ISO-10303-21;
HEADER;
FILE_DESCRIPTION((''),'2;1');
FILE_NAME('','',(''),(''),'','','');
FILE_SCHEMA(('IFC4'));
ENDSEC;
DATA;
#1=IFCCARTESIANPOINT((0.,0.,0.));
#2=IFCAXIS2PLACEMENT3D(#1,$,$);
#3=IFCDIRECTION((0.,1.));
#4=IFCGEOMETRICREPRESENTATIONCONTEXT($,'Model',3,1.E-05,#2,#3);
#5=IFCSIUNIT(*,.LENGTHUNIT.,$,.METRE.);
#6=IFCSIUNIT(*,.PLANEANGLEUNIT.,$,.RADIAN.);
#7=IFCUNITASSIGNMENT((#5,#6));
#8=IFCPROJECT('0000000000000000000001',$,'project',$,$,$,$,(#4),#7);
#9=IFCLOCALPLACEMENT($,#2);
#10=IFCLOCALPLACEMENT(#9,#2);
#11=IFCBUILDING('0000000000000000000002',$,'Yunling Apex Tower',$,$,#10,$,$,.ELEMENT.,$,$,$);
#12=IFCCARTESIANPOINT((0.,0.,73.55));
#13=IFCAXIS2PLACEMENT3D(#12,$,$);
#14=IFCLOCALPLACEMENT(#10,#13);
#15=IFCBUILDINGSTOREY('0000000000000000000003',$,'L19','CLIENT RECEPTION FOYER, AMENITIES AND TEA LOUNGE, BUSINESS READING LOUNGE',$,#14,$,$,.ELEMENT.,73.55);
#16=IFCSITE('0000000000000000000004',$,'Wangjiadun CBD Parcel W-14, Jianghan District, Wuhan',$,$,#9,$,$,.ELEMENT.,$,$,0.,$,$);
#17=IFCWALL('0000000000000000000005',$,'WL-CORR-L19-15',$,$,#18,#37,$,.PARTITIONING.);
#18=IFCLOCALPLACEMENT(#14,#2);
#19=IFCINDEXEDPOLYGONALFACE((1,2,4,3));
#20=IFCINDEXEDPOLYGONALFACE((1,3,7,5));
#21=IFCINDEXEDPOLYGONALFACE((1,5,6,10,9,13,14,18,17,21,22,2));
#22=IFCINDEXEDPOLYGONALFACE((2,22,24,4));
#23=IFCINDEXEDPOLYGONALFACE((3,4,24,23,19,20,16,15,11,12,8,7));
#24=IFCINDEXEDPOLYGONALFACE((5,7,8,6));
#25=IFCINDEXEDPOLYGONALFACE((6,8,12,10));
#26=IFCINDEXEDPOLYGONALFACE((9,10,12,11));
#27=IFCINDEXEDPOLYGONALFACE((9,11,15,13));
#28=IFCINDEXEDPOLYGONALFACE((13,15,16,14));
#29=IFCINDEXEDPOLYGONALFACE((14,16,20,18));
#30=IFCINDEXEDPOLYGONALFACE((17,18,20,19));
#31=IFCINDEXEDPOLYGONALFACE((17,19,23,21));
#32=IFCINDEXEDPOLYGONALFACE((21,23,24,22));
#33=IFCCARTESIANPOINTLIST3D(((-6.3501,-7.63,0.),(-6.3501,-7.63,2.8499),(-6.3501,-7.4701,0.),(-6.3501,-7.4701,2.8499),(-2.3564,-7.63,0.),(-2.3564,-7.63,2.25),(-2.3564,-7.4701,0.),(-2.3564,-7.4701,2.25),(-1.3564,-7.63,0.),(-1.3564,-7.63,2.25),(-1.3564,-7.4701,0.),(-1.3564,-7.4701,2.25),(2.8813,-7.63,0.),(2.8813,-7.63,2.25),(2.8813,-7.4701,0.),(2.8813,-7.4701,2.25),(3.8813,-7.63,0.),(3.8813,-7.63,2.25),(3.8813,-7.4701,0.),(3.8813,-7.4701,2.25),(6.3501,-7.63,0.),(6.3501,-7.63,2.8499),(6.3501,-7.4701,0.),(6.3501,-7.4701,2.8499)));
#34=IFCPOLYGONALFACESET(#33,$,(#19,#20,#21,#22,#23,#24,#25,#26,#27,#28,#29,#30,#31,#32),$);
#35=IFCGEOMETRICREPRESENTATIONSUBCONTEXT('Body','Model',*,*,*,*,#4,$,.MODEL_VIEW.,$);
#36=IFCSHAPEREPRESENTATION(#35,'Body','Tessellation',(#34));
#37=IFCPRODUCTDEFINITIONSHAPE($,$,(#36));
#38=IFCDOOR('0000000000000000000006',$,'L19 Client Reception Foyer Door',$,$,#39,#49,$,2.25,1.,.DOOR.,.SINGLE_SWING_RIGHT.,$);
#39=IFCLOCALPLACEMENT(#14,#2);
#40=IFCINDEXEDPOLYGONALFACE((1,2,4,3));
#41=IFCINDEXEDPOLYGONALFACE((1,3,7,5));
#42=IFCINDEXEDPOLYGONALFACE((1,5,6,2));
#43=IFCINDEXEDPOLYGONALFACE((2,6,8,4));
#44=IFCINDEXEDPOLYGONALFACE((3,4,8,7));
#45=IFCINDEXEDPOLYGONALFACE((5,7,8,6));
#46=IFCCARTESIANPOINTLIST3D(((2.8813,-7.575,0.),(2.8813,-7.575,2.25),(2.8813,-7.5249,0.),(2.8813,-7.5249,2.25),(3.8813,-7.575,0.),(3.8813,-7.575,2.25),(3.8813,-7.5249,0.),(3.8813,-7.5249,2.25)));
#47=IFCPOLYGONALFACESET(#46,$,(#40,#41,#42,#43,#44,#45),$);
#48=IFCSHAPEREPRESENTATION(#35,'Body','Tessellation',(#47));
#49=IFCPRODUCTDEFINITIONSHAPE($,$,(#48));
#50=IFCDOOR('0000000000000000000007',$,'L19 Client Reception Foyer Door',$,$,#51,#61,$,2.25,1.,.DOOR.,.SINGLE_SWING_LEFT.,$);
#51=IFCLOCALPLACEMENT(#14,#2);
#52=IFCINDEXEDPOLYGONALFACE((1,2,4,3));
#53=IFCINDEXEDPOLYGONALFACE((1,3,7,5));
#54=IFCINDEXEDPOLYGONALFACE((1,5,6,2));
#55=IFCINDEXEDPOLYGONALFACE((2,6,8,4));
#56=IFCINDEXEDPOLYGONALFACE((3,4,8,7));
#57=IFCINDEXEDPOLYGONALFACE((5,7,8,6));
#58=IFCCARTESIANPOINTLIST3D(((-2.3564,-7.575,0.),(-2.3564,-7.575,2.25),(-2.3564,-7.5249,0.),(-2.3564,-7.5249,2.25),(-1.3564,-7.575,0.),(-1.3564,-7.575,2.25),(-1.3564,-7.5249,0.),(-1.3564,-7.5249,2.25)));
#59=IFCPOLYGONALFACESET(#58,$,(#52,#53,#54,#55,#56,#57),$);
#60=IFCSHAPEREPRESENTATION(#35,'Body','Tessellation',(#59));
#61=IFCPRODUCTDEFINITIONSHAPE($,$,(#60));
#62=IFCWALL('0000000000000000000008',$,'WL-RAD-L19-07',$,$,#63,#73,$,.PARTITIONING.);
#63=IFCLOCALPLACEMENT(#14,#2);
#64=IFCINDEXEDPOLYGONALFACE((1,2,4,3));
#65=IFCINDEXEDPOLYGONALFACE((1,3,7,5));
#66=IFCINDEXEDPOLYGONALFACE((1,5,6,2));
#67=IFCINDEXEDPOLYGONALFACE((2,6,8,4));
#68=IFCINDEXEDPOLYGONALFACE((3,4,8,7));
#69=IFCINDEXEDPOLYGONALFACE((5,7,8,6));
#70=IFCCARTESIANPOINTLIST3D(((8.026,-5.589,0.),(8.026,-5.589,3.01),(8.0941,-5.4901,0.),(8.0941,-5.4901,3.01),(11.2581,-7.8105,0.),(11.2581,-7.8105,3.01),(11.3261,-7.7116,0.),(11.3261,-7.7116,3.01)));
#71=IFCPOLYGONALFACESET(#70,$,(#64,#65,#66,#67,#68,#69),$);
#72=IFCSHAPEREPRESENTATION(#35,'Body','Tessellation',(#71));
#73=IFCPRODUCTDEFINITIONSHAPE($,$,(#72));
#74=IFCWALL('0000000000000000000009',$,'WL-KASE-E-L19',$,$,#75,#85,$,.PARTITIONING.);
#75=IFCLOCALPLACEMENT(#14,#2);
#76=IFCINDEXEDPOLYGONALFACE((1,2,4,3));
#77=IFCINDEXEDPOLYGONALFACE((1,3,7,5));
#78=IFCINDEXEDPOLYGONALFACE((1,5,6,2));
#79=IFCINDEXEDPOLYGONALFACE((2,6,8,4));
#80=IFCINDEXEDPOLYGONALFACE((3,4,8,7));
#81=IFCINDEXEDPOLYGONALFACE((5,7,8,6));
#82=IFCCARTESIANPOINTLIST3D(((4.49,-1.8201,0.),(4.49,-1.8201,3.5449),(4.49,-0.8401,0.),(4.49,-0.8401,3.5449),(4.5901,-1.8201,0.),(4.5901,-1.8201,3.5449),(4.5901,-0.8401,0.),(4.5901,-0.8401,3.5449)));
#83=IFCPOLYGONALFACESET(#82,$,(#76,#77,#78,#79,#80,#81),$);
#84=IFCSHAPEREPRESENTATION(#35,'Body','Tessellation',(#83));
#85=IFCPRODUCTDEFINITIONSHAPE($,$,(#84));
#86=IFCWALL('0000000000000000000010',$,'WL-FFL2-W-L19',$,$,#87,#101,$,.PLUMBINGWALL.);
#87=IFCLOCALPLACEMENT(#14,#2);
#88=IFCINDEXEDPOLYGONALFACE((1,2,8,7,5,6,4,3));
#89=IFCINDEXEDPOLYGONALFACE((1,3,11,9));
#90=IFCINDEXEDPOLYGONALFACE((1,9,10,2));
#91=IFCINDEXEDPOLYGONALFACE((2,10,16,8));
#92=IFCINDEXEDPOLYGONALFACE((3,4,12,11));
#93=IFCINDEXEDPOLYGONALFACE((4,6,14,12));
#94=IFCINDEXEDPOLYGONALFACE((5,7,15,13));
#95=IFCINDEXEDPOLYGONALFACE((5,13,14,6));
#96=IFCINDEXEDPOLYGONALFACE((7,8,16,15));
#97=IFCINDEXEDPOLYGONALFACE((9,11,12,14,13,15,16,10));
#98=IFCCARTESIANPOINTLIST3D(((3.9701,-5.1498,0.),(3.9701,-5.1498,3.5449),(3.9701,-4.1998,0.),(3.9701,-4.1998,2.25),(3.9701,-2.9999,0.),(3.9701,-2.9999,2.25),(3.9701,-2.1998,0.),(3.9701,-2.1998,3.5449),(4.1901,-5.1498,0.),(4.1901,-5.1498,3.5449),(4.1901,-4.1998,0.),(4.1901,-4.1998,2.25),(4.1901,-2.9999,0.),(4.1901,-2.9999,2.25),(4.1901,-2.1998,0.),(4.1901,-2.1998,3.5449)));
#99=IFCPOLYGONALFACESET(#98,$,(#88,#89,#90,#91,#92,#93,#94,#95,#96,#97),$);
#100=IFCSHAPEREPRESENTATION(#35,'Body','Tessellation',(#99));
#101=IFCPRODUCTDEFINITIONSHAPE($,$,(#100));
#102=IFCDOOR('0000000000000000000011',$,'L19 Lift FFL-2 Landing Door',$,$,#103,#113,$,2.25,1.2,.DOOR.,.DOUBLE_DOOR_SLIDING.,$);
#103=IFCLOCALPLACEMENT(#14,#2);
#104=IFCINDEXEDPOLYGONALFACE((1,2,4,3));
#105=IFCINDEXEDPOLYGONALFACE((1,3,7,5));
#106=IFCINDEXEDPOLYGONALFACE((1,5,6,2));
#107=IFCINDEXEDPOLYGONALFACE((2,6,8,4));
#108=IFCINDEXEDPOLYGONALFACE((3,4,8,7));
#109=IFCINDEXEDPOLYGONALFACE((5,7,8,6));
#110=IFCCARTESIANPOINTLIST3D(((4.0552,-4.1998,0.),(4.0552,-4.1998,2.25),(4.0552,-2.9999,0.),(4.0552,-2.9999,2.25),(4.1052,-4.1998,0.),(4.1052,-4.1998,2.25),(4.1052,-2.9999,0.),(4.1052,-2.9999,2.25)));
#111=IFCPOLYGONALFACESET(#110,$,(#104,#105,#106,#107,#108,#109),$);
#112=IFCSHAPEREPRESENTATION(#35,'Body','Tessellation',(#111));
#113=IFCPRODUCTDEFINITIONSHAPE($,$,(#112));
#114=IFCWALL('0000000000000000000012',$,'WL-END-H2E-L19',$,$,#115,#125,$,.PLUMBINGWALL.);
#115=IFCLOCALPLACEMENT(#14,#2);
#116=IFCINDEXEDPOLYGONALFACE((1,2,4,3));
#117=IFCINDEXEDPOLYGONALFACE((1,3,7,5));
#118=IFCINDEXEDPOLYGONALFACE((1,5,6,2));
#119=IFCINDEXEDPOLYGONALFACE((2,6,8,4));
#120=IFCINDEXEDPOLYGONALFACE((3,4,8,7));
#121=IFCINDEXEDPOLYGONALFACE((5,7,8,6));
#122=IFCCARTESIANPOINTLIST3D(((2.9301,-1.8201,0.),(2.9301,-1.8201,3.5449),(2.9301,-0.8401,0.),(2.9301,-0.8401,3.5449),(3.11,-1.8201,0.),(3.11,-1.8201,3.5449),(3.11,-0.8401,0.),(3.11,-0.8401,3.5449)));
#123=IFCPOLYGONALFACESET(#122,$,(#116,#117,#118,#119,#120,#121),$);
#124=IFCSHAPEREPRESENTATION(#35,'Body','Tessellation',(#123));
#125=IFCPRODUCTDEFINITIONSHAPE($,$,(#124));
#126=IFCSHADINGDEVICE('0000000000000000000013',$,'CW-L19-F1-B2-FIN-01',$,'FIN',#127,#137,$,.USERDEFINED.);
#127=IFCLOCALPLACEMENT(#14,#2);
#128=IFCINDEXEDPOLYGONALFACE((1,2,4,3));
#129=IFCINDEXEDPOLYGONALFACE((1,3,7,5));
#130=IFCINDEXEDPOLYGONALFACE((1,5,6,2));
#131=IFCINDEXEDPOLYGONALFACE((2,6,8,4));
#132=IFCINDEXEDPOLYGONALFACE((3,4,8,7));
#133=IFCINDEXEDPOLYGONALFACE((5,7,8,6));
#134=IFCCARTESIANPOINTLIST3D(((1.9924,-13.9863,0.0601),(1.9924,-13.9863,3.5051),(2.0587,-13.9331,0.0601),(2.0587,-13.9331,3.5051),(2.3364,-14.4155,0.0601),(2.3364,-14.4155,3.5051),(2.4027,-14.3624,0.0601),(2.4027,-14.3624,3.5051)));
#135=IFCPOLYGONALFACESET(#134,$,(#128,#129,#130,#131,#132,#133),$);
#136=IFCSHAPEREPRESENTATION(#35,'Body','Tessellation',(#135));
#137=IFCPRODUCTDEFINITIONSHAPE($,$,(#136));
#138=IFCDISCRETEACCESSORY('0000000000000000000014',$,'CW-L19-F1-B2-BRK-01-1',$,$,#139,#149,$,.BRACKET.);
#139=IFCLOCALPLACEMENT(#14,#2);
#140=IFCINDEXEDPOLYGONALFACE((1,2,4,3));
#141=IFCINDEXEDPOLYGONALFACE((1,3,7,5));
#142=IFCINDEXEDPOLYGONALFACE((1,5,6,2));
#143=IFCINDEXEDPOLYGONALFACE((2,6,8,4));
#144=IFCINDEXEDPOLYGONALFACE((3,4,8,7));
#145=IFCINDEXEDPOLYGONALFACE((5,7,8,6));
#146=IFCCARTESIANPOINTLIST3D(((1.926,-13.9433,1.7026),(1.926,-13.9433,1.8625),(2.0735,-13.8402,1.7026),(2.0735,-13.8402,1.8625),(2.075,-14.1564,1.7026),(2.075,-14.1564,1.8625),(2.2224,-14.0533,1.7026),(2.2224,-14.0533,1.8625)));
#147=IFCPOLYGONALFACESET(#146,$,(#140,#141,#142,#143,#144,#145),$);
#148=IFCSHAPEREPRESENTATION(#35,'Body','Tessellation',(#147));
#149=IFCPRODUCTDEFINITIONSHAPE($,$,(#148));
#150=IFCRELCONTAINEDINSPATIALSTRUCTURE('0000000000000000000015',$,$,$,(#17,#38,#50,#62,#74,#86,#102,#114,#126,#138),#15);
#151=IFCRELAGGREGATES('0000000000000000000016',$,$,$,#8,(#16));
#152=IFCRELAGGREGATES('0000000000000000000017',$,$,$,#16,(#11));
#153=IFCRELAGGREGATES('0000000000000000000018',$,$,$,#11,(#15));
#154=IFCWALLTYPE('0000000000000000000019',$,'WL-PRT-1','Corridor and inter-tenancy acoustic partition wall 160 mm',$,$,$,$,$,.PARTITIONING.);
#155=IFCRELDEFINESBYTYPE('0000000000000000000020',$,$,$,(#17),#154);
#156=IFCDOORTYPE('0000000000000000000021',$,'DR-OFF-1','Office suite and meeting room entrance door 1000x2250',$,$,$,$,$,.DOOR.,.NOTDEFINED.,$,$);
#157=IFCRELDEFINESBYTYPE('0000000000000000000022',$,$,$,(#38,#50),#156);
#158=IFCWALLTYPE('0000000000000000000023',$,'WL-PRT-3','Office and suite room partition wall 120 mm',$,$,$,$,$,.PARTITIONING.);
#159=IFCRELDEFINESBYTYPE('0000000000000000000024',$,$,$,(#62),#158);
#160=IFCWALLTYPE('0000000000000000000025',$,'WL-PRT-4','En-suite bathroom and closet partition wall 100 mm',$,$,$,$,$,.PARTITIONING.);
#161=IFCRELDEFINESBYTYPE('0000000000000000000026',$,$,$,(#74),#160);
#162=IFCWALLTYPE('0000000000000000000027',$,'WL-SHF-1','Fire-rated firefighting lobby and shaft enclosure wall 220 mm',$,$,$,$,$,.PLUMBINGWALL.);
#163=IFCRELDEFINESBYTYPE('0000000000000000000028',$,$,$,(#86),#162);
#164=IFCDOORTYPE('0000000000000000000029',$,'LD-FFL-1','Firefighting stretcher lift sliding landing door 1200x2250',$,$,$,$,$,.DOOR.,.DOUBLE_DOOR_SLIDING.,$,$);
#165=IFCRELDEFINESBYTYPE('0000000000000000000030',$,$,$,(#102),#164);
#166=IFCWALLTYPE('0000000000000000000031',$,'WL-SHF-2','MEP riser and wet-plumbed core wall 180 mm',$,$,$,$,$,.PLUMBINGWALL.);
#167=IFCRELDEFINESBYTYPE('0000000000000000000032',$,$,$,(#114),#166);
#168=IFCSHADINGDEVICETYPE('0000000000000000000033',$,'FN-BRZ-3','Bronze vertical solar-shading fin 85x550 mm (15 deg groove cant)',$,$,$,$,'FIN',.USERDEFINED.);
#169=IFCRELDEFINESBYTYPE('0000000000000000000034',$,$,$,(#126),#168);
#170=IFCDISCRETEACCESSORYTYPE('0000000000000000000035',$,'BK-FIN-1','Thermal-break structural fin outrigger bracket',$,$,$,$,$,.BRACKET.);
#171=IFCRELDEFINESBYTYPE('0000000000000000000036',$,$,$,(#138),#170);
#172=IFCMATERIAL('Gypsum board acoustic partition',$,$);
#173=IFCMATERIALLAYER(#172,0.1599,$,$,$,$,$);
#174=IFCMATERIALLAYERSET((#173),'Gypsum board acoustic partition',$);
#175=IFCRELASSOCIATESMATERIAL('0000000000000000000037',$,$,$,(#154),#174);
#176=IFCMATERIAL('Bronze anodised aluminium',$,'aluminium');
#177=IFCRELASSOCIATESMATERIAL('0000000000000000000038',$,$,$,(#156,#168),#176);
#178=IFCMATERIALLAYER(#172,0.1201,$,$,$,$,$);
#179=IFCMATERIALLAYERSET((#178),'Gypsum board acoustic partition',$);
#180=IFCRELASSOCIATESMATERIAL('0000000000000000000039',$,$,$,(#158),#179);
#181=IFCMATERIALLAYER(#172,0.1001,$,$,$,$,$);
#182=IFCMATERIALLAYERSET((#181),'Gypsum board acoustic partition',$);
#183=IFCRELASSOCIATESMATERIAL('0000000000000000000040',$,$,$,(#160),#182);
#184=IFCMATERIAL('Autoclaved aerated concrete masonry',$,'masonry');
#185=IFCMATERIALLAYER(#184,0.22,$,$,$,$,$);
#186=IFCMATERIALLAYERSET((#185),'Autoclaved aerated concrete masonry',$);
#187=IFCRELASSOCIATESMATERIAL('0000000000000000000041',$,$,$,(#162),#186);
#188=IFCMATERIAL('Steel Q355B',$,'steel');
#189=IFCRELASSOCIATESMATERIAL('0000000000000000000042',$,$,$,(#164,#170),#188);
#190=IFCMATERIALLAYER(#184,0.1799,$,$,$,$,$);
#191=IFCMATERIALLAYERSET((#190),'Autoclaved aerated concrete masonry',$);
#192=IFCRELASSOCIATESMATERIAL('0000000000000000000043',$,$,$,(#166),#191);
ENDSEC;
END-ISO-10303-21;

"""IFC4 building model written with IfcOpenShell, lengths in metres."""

from ifc_helpers import new_model, si_unit, direction, frame, frame_2d, origin, origin_2d, place, context, subcontext, project, spatial, rectangle, extrude, source, transform, mapped, material, layer, layer_set, material_profile, profile_set, type_object, element, fill, save


model = new_model("IFC4")

# Units and contexts
model_context = context("Model", 3, precision=1e-05, world=origin(), true_north=direction((0.0, 1.0)))
body_context = subcontext(model_context, "Body", "Model", "MODEL_VIEW")
ifc_project = project(units=[si_unit("LENGTHUNIT", "METRE"), si_unit("PLANEANGLEUNIT", "RADIAN")], contexts=[model_context])

# Site, building, storey
site_placement = place(None, origin())
site = spatial("IfcSite", under=ifc_project, at=site_placement, Name="Wangjiadun CBD Parcel W-14, Jianghan District, Wuhan", CompositionType="ELEMENT", RefElevation=0.0)
building_placement = place(site_placement, origin())
building = spatial("IfcBuilding", under=site, at=building_placement, Name="Yunling Apex Tower", CompositionType="ELEMENT")
storey_placement = place(building_placement, frame((0.0, 0.0, 73.55)))
storey = spatial("IfcBuildingStorey", under=building, at=storey_placement, Name="L19", Description="CLIENT RECEPTION FOYER, AMENITIES AND TEA LOUNGE, BUSINESS READING LOUNGE", CompositionType="ELEMENT", Elevation=73.55)

# Shared definitions
ifc_material_1 = material(Name="Steel Q355B", Category="steel")

# Shared definitions
ifc_material_2 = material(Name="Bronze anodised aluminium", Category="aluminium")

# Shared definitions
ifc_material_3 = material(Name="Gypsum board acoustic partition")
ifc_layer_1 = layer(ifc_material_3, 0.1599)
ifc_layer_set_1 = layer_set([ifc_layer_1], Name="Gypsum board acoustic partition")
wall_type_1 = type_object("IfcWallType", Name="WL-PRT-1", Description="Corridor and inter-tenancy acoustic partition wall 160 mm", PredefinedType="PARTITIONING", material=ifc_layer_set_1)

# Wall, openings, doors
wall_1_placement = place(storey_placement, frame((6.3501, -7.55, 0.0), z_axis=(0.0, 0.0, 1.0), x_axis=(-1.0, 0.0, 0.0)))
wall_1 = element("IfcWall", 1, at=wall_1_placement, inside=storey, type_object=wall_type_1, Name="WL-CORR-L19-15", PredefinedType="PARTITIONING", context=body_context, shape_type="SweptSolid", body=[
    extrude(rectangle(XDim=12.7002, YDim=0.1599, at=frame_2d((6.3501, 0.0))), origin(), (0.0, 0.0, 1.0), 2.8499),
])
opening_1_placement = place(wall_1_placement, frame((2.4688, 0.0, 0.0)))
opening_1 = element("IfcOpeningElement", 2, at=opening_1_placement, cuts=wall_1, PredefinedType="OPENING", context=body_context, shape_type="SweptSolid", body=[
    extrude(rectangle(XDim=1.0, YDim=2.25, at=frame_2d((0.5, 1.125))), frame((0.0, 0.0898, 0.0), z_axis=(0.0, -1.0, 0.0), x_axis=(1.0, 0.0, 0.0)), (0.0, 0.0, 1.0), 0.1799),
])
opening_2_placement = place(wall_1_placement, frame((7.7065, 0.0, 0.0)))
opening_2 = element("IfcOpeningElement", 3, at=opening_2_placement, cuts=wall_1, PredefinedType="OPENING", context=body_context, shape_type="SweptSolid", body=[
    extrude(rectangle(XDim=1.0, YDim=2.25, at=frame_2d((0.5, 1.125))), frame((0.0, 0.0898, 0.0), z_axis=(0.0, -1.0, 0.0), x_axis=(1.0, 0.0, 0.0)), (0.0, 0.0, 1.0), 0.1799),
])
door_type_1 = type_object("IfcDoorType", Name="DR-OFF-1", Description="Office suite and meeting room entrance door 1000x2250", OperationType="NOTDEFINED", PredefinedType="DOOR", material=ifc_material_2)
door_1_placement = place(opening_1_placement, origin())
door_1 = element("IfcDoor", 4, at=door_1_placement, inside=storey, type_object=door_type_1, Name="L19 Client Reception Foyer Door", OperationType="SINGLE_SWING_RIGHT", OverallHeight=2.25, OverallWidth=1.0, PredefinedType="DOOR", context=body_context, shape_type="SweptSolid", body=[
    extrude(rectangle(XDim=1.0, YDim=2.25, at=frame_2d((0.5, 1.125))), frame((0.0, 0.0249, 0.0), z_axis=(0.0, -1.0, 0.0), x_axis=(1.0, 0.0, 0.0)), (0.0, 0.0, 1.0), 0.05),
])
fill(opening_1, door_1)
door_2_placement = place(opening_2_placement, origin())
door_2 = element("IfcDoor", 5, at=door_2_placement, inside=storey, type_object=door_type_1, Name="L19 Client Reception Foyer Door", OperationType="SINGLE_SWING_LEFT", OverallHeight=2.25, OverallWidth=1.0, PredefinedType="DOOR", context=body_context, shape_type="SweptSolid", body=[
    extrude(rectangle(XDim=1.0, YDim=2.25, at=frame_2d((0.5, 1.125))), frame((0.0, 0.0249, 0.0), z_axis=(0.0, -1.0, 0.0), x_axis=(1.0, 0.0, 0.0)), (0.0, 0.0, 1.0), 0.05),
])
fill(opening_2, door_2)

# Walls
ifc_layer_2 = layer(ifc_material_3, 0.1201)
ifc_layer_set_2 = layer_set([ifc_layer_2], Name="Gypsum board acoustic partition")
wall_type_2 = type_object("IfcWallType", Name="WL-PRT-3", Description="Office and suite room partition wall 120 mm", PredefinedType="PARTITIONING", material=ifc_layer_set_2)
wall_2_placement = place(storey_placement, frame((8.0601, -5.5396, 0.0), z_axis=(0.0, 0.0, 1.0), x_axis=(0.824104, -0.566439, 0.0)))
element("IfcWall", 6, at=wall_2_placement, inside=storey, type_object=wall_type_2, Name="WL-RAD-L19-07", PredefinedType="PARTITIONING", context=body_context, shape_type="SweptSolid", body=[
    extrude(rectangle(XDim=3.9219, YDim=0.1201, at=frame_2d((1.9609, 0.0))), origin(), (0.0, 0.0, 1.0), 3.01),
])
ifc_layer_3 = layer(ifc_material_3, 0.1001)
ifc_layer_set_3 = layer_set([ifc_layer_3], Name="Gypsum board acoustic partition")
wall_type_3 = type_object("IfcWallType", Name="WL-PRT-4", Description="En-suite bathroom and closet partition wall 100 mm", PredefinedType="PARTITIONING", material=ifc_layer_set_3)
wall_3_placement = place(storey_placement, frame((4.54, -1.8201, 0.0), z_axis=(0.0, 0.0, 1.0), x_axis=(0.0, 1.0, 0.0)))
element("IfcWall", 7, at=wall_3_placement, inside=storey, type_object=wall_type_3, Name="WL-KASE-E-L19", PredefinedType="PARTITIONING", context=body_context, shape_type="SweptSolid", body=[
    extrude(rectangle(XDim=0.98, YDim=0.1001, at=frame_2d((0.49, 0.0))), origin(), (0.0, 0.0, 1.0), 3.5449),
])

# Wall, opening, door
ifc_material_4 = material(Name="Autoclaved aerated concrete masonry", Category="masonry")
ifc_layer_4 = layer(ifc_material_4, 0.22)
ifc_layer_set_4 = layer_set([ifc_layer_4], Name="Autoclaved aerated concrete masonry")
wall_type_4 = type_object("IfcWallType", Name="WL-SHF-1", Description="Fire-rated firefighting lobby and shaft enclosure wall 220 mm", PredefinedType="PLUMBINGWALL", material=ifc_layer_set_4)
wall_4_placement = place(storey_placement, frame((4.0801, -5.1499, 0.0), z_axis=(0.0, 0.0, 1.0), x_axis=(0.0, 1.0, 0.0)))
wall_4 = element("IfcWall", 8, at=wall_4_placement, inside=storey, type_object=wall_type_4, Name="WL-FFL2-W-L19", PredefinedType="PLUMBINGWALL", context=body_context, shape_type="SweptSolid", body=[
    extrude(rectangle(XDim=2.95, YDim=0.22, at=frame_2d((1.4751, 0.0))), origin(), (0.0, 0.0, 1.0), 3.5449),
])
opening_3_placement = place(wall_4_placement, frame((0.95, 0.0, 0.0)))
opening_3 = element("IfcOpeningElement", 9, at=opening_3_placement, cuts=wall_4, PredefinedType="OPENING", context=body_context, shape_type="SweptSolid", body=[
    extrude(rectangle(XDim=1.2, YDim=2.25, at=frame_2d((0.6001, 1.125))), frame((0.0, 0.1201, 0.0), z_axis=(0.0, -1.0, 0.0), x_axis=(1.0, 0.0, 0.0)), (0.0, 0.0, 1.0), 0.24),
])
door_type_2 = type_object("IfcDoorType", Name="LD-FFL-1", Description="Firefighting stretcher lift sliding landing door 1200x2250", OperationType="DOUBLE_DOOR_SLIDING", PredefinedType="DOOR", material=ifc_material_1)
door_3_placement = place(opening_3_placement, origin())
door_3 = element("IfcDoor", 10, at=door_3_placement, inside=storey, type_object=door_type_2, Name="L19 Lift FFL-2 Landing Door", OperationType="DOUBLE_DOOR_SLIDING", OverallHeight=2.25, OverallWidth=1.2, PredefinedType="DOOR", context=body_context, shape_type="SweptSolid", body=[
    extrude(rectangle(XDim=1.2, YDim=2.25, at=frame_2d((0.6001, 1.125))), frame((0.0, 0.0249, 0.0), z_axis=(0.0, -1.0, 0.0), x_axis=(1.0, 0.0, 0.0)), (0.0, 0.0, 1.0), 0.05),
])
fill(opening_3, door_3)

# Wall
ifc_layer_5 = layer(ifc_material_4, 0.1799)
ifc_layer_set_5 = layer_set([ifc_layer_5], Name="Autoclaved aerated concrete masonry")
wall_type_5 = type_object("IfcWallType", Name="WL-SHF-2", Description="MEP riser and wet-plumbed core wall 180 mm", PredefinedType="PLUMBINGWALL", material=ifc_layer_set_5)
wall_5_placement = place(storey_placement, frame((3.02, -1.8201, 0.0), z_axis=(0.0, 0.0, 1.0), x_axis=(0.0, 1.0, 0.0)))
element("IfcWall", 11, at=wall_5_placement, inside=storey, type_object=wall_type_5, Name="WL-END-H2E-L19", PredefinedType="PLUMBINGWALL", context=body_context, shape_type="SweptSolid", body=[
    extrude(rectangle(XDim=0.98, YDim=0.1799, at=frame_2d((0.49, 0.0))), origin(), (0.0, 0.0, 1.0), 3.5449),
])

# Shading device
ifc_material_profile_1 = material_profile(ifc_material_2, rectangle(XDim=0.085, YDim=0.55, at=origin_2d()))
ifc_profile_set_1 = profile_set([ifc_material_profile_1], Name="Bronze anodised aluminium")
shading_device_type = type_object("IfcShadingDeviceType", Name="FN-BRZ-3", Description="Bronze vertical solar-shading fin 85x550 mm (15 deg groove cant)", ElementType="FIN", PredefinedType="USERDEFINED", material=ifc_profile_set_1)
shared_shape_1 = source(origin(), body_context, "Body", "SweptSolid", [
    extrude(rectangle(XDim=0.085, YDim=0.55, at=origin_2d()), origin(), (0.0, 0.0, 1.0), 3.4451),
])
shading_device_placement = place(storey_placement, frame((2.1975, -14.1743, 0.0601), z_axis=(0.0, 0.0, 1.0), x_axis=(0.780321, 0.625379, 0.0)))
element("IfcShadingDevice", 12, at=shading_device_placement, inside=storey, type_object=shading_device_type, Name="CW-L19-F1-B2-FIN-01", ObjectType="FIN", PredefinedType="USERDEFINED", context=body_context, shape_type="MappedRepresentation", body=[
    mapped(shared_shape_1, transform((0.0, 0.0, 0.0), scale=1.0)),
])

# Discrete accessory
discrete_accessory_type = type_object("IfcDiscreteAccessoryType", Name="BK-FIN-1", Description="Thermal-break structural fin outrigger bracket", PredefinedType="BRACKET", material=ifc_material_1)
shared_shape_2 = source(origin(), body_context, "Body", "SweptSolid", [
    extrude(rectangle(XDim=0.1799, YDim=0.26, at=origin_2d()), origin(), (0.0, 0.0, 1.0), 0.1599),
])
discrete_accessory_placement = place(storey_placement, frame((2.0742, -13.9983, 1.7026), z_axis=(0.0, 0.0, 1.0), x_axis=(0.819552, 0.573004, 0.0)))
element("IfcDiscreteAccessory", 13, at=discrete_accessory_placement, inside=storey, type_object=discrete_accessory_type, Name="CW-L19-F1-B2-BRK-01-1", PredefinedType="BRACKET", context=body_context, shape_type="MappedRepresentation", body=[
    mapped(shared_shape_2, transform((0.0, 0.0, 0.0), scale=1.0)),
])

save(model, "model.ifc")
